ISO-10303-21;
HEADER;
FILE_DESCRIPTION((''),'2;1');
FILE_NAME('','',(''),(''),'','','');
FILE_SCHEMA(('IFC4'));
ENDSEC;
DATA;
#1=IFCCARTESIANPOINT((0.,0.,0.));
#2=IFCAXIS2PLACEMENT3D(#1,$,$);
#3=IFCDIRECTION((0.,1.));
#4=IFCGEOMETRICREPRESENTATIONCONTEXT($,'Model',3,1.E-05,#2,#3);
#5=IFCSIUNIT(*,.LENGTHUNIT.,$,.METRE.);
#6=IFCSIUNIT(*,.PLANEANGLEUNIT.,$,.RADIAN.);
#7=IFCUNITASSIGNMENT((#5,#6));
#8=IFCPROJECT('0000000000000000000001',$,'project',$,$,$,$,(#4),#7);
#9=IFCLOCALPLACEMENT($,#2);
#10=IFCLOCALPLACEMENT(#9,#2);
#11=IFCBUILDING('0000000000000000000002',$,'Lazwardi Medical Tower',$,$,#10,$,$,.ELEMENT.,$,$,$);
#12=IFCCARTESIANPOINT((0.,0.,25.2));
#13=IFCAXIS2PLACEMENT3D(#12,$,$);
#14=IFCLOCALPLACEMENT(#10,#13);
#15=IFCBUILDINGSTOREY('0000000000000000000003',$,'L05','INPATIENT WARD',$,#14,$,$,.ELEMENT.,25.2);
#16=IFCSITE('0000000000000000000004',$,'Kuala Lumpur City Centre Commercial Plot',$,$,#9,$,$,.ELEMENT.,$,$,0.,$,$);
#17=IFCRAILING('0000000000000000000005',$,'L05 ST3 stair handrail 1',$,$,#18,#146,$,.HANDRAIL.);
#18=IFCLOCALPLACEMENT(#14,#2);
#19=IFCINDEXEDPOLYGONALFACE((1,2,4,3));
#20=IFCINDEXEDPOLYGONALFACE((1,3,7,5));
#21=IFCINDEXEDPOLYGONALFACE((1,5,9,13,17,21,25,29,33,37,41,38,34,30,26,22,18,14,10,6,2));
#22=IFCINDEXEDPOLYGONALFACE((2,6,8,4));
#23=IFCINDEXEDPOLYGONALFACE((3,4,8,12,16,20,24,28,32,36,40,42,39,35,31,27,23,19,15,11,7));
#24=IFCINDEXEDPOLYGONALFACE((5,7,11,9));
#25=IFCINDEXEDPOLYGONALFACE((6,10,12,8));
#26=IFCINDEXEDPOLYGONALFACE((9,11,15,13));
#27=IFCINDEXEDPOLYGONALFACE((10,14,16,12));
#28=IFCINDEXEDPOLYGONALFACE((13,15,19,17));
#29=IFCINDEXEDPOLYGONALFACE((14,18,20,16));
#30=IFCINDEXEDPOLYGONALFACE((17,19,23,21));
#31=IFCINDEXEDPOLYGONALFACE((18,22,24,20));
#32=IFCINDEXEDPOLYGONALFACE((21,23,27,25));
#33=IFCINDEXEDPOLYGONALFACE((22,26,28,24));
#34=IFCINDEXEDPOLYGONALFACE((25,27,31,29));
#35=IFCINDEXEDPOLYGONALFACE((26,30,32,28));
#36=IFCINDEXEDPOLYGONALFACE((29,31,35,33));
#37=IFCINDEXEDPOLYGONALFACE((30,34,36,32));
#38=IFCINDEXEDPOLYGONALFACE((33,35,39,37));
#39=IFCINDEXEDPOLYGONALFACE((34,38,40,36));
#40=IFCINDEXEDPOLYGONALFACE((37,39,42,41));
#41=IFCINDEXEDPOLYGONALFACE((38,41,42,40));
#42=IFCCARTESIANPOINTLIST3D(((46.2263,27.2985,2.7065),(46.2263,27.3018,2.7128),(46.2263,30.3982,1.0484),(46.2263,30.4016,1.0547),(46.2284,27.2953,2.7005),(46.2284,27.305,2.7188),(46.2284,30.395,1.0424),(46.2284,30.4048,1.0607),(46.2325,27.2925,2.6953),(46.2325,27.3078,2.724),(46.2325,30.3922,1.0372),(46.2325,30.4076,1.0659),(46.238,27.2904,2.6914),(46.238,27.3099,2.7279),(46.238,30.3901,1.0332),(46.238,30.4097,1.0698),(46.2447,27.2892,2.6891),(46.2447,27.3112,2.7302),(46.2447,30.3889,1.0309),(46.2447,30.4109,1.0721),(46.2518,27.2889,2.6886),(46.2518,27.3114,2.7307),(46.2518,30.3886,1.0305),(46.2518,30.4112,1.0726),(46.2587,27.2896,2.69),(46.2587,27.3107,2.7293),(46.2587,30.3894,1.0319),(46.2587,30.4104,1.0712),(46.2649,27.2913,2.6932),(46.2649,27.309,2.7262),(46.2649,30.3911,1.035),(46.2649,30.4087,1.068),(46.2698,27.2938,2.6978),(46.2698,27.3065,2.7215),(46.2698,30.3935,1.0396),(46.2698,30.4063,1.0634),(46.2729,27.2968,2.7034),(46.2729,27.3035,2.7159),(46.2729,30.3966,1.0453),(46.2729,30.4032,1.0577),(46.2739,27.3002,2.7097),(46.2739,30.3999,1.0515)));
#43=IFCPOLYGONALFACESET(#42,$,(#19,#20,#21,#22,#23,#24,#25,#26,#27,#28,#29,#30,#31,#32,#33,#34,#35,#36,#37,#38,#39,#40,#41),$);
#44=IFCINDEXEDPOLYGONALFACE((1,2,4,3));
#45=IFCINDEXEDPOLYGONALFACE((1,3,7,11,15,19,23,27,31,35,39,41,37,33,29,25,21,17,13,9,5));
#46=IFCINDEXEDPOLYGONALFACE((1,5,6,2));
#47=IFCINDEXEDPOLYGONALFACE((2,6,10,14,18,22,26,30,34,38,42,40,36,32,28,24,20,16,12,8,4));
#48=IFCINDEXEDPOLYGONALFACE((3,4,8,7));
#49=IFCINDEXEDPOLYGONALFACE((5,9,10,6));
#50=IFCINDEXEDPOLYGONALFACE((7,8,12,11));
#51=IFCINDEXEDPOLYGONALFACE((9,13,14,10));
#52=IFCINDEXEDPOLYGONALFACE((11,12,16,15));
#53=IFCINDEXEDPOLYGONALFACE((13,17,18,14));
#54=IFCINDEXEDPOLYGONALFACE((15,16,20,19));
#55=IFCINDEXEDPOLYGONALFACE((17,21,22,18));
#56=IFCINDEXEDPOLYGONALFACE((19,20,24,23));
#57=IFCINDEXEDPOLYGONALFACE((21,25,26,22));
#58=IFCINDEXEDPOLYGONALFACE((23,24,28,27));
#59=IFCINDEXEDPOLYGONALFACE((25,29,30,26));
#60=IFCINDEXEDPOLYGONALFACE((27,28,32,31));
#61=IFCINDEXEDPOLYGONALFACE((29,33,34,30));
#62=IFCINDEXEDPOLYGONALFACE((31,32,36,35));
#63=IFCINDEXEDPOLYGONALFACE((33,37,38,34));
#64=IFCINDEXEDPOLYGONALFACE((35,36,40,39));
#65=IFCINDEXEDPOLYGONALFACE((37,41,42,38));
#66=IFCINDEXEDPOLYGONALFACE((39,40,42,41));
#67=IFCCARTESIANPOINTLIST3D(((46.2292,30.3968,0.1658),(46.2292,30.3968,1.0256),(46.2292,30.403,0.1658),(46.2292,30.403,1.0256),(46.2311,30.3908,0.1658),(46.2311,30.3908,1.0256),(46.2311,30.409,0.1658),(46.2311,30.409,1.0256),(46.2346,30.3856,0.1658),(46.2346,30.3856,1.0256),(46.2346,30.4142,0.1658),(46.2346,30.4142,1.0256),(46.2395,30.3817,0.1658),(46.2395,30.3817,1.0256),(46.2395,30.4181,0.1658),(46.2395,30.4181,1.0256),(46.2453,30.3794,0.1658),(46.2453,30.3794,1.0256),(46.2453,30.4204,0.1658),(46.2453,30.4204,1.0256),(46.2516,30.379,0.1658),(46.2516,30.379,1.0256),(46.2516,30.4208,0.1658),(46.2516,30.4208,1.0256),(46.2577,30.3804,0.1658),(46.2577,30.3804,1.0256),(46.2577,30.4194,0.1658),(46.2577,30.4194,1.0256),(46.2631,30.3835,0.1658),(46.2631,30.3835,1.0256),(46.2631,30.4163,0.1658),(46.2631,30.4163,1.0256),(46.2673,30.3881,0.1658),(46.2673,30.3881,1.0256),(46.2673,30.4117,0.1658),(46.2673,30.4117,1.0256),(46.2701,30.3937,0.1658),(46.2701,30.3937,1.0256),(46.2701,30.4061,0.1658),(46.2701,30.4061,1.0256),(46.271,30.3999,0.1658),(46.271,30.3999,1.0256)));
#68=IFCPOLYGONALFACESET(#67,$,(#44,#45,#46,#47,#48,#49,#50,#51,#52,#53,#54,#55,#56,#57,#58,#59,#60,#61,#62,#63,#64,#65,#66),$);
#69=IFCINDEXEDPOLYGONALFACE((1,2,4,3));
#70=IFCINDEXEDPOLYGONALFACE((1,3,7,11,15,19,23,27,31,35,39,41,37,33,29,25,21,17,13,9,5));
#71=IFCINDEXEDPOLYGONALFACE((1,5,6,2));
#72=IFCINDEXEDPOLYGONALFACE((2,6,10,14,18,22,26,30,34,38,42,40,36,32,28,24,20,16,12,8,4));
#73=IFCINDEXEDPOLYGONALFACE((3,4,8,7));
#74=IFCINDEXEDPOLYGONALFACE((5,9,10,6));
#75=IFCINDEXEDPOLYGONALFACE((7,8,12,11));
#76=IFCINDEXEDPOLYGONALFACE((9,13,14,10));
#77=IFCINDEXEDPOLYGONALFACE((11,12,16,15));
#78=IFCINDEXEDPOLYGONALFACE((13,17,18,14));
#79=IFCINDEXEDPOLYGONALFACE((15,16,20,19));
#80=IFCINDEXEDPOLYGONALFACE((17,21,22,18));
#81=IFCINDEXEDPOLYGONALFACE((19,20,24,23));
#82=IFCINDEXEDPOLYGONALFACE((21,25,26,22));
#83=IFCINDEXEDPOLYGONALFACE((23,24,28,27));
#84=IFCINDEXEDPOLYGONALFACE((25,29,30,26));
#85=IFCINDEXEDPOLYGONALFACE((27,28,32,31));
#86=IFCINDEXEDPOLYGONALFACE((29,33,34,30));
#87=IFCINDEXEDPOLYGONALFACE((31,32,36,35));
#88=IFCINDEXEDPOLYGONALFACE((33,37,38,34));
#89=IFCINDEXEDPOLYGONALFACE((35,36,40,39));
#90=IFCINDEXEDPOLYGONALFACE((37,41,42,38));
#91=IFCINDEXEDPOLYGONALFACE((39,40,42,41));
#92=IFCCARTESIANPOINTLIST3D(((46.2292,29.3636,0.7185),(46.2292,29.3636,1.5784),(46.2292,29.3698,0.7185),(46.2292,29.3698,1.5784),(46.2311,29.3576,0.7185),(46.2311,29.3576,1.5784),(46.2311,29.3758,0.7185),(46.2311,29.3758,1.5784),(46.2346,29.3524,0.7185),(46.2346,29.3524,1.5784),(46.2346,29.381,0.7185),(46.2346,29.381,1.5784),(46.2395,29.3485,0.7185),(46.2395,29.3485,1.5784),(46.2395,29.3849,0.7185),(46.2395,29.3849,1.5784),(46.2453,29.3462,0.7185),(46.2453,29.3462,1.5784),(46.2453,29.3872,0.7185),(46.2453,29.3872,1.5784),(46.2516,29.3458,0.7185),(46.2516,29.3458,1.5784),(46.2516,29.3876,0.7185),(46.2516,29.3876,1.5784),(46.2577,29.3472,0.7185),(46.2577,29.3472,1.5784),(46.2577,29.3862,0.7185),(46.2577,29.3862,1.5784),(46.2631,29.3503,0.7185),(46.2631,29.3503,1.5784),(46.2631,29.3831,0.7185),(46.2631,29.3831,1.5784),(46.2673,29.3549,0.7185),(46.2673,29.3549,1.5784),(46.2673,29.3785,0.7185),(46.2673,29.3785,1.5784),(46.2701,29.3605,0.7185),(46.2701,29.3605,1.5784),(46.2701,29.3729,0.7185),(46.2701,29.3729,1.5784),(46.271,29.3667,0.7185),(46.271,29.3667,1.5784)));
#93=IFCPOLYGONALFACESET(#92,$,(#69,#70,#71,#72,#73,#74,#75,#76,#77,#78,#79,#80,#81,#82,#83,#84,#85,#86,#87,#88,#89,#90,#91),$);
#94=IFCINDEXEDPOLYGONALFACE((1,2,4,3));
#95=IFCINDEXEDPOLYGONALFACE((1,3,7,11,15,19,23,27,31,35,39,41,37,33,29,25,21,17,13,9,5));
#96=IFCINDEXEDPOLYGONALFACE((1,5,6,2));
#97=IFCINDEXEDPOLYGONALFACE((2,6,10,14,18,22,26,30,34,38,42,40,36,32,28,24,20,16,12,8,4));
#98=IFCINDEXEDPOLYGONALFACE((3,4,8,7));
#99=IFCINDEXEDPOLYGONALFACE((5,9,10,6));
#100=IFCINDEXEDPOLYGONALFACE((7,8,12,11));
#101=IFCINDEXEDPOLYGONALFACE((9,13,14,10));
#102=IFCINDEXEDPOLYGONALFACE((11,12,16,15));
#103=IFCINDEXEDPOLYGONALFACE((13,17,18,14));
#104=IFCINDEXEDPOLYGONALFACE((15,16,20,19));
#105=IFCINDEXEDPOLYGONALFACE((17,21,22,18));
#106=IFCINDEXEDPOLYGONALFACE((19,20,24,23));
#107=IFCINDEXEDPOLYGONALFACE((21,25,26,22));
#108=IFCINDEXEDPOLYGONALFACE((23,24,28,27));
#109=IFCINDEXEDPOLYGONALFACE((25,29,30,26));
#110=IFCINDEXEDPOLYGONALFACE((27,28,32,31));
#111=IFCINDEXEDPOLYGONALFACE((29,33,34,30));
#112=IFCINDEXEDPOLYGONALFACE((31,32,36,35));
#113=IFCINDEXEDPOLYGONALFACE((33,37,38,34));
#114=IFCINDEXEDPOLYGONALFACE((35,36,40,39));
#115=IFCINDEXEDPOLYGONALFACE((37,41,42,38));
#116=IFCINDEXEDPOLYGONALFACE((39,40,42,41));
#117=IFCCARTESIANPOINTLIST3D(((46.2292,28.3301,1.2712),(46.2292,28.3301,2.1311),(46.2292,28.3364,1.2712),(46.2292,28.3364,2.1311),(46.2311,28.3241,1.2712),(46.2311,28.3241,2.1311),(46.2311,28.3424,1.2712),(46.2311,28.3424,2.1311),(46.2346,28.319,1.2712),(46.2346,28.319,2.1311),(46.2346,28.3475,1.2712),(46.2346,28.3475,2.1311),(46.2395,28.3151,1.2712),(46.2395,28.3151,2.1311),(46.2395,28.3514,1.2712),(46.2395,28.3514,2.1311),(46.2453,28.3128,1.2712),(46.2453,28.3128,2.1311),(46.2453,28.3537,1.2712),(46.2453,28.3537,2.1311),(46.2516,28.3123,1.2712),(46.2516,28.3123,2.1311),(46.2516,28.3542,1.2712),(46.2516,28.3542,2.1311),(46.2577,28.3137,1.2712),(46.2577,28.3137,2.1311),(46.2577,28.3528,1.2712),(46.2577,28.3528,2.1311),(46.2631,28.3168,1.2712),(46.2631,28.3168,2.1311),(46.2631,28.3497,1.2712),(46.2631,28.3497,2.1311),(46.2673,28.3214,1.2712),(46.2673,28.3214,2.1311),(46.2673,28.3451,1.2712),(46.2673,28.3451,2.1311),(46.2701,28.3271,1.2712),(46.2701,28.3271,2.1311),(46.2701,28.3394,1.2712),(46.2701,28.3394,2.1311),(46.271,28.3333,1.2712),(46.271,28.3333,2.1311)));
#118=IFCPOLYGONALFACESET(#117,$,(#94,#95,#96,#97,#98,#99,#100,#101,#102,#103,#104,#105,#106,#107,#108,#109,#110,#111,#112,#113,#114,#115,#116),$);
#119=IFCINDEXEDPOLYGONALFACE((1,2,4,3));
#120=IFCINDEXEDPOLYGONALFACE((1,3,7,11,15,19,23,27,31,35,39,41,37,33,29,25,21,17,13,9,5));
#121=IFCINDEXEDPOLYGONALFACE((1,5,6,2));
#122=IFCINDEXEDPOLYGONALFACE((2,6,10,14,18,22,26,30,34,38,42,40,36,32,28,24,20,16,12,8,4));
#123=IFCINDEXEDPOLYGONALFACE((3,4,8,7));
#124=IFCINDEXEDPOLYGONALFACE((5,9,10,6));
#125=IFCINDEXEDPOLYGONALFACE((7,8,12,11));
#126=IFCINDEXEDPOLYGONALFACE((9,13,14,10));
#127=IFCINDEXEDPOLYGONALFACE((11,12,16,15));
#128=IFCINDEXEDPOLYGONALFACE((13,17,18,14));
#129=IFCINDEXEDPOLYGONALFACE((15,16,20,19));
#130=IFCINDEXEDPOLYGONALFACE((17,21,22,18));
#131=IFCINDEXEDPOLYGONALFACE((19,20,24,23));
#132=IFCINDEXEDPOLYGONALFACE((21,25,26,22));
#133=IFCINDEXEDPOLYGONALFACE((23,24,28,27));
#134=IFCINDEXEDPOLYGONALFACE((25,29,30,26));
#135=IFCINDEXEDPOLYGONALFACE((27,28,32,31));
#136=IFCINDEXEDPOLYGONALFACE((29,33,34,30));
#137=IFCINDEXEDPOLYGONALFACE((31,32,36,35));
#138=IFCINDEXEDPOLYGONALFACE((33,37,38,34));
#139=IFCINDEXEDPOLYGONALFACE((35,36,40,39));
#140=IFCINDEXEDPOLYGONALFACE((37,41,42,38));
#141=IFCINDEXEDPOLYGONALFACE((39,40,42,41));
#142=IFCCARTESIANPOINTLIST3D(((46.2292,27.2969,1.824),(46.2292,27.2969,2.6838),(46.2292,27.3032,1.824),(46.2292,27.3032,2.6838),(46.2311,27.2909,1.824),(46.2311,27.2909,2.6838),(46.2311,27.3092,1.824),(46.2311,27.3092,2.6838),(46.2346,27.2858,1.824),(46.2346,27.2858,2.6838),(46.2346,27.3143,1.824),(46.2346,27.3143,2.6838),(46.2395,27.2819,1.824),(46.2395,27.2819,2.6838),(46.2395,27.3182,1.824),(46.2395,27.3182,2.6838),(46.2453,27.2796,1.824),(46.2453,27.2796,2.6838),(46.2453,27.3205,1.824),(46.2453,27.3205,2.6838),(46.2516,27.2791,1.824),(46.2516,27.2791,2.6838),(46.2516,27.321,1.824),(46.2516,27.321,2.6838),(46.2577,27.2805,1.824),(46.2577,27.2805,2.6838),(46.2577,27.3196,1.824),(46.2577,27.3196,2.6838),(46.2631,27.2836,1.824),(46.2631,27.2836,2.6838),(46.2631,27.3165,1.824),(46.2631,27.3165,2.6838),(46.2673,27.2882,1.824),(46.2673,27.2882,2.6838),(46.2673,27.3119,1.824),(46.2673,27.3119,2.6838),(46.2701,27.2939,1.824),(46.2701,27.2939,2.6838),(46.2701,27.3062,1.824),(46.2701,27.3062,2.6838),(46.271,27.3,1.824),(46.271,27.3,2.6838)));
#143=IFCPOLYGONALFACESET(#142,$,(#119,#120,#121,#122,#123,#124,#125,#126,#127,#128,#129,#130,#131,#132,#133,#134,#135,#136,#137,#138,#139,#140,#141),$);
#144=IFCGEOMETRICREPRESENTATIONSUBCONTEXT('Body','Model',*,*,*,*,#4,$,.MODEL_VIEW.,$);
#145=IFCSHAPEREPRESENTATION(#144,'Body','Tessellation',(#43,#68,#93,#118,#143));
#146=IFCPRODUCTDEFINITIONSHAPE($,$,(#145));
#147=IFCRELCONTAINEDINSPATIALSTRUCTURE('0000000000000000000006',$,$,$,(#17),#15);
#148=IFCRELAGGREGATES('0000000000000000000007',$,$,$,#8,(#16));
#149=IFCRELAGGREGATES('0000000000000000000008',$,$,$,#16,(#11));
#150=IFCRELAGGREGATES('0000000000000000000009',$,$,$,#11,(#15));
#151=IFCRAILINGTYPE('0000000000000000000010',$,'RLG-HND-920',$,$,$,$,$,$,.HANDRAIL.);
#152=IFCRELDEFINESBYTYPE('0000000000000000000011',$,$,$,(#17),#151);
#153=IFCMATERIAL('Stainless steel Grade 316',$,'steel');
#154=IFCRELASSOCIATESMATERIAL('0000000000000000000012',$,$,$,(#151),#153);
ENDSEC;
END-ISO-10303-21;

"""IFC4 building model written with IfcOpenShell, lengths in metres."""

from ifc_helpers import new_model, si_unit, direction, frame, origin, origin_2d, place, context, subcontext, project, spatial, circle, extrude, material, type_object, element, save


model = new_model("IFC4")

# Units and contexts
model_context = context("Model", 3, precision=1e-05, world=origin(), true_north=direction((0.0, 1.0)))
body_context = subcontext(model_context, "Body", "Model", "MODEL_VIEW")
ifc_project = project(units=[si_unit("LENGTHUNIT", "METRE"), si_unit("PLANEANGLEUNIT", "RADIAN")], contexts=[model_context])

# Site, building, storey
site_placement = place(None, origin())
site = spatial("IfcSite", under=ifc_project, at=site_placement, Name="Kuala Lumpur City Centre Commercial Plot", CompositionType="ELEMENT", RefElevation=0.0)
building_placement = place(site_placement, origin())
building = spatial("IfcBuilding", under=site, at=building_placement, Name="Lazwardi Medical Tower", CompositionType="ELEMENT")
storey_placement = place(building_placement, frame((0.0, 0.0, 25.2)))
storey = spatial("IfcBuildingStorey", under=building, at=storey_placement, Name="L05", Description="INPATIENT WARD", CompositionType="ELEMENT", Elevation=25.2)

# Railing
ifc_material_1 = material(Name="Stainless steel Grade 316", Category="steel")
railing_type_1 = type_object("IfcRailingType", Name="RLG-HND-920", PredefinedType="HANDRAIL", material=ifc_material_1)
railing_1_placement = place(storey_placement, frame((46.25, 30.3999, 0.1658)))
element("IfcRailing", 1, at=railing_1_placement, inside=storey, type_object=railing_type_1, Name="L05 ST3 stair handrail 1", PredefinedType="HANDRAIL", context=body_context, shape_type="SweptSolid", body=[
    extrude(circle(Radius=0.0239, at=origin_2d()), frame((0.0, 0.0, 0.8857), z_axis=(0.0, -0.881768, 0.471684), x_axis=(1.0, 0.0, 0.0)), (0.0, 0.0, 1.0), 3.5154),
    extrude(circle(Radius=0.021, at=origin_2d()), origin(), (0.0, 0.0, 1.0), 0.8599),
    extrude(circle(Radius=0.021, at=origin_2d()), frame((0.0, -1.0332, 0.5527)), (0.0, 0.0, 1.0), 0.8599),
    extrude(circle(Radius=0.021, at=origin_2d()), frame((0.0, -2.0667, 1.1055)), (0.0, 0.0, 1.0), 0.8599),
    extrude(circle(Radius=0.021, at=origin_2d()), frame((0.0, -3.0999, 1.6582)), (0.0, 0.0, 1.0), 0.8599),
])

save(model, "model.ifc")
